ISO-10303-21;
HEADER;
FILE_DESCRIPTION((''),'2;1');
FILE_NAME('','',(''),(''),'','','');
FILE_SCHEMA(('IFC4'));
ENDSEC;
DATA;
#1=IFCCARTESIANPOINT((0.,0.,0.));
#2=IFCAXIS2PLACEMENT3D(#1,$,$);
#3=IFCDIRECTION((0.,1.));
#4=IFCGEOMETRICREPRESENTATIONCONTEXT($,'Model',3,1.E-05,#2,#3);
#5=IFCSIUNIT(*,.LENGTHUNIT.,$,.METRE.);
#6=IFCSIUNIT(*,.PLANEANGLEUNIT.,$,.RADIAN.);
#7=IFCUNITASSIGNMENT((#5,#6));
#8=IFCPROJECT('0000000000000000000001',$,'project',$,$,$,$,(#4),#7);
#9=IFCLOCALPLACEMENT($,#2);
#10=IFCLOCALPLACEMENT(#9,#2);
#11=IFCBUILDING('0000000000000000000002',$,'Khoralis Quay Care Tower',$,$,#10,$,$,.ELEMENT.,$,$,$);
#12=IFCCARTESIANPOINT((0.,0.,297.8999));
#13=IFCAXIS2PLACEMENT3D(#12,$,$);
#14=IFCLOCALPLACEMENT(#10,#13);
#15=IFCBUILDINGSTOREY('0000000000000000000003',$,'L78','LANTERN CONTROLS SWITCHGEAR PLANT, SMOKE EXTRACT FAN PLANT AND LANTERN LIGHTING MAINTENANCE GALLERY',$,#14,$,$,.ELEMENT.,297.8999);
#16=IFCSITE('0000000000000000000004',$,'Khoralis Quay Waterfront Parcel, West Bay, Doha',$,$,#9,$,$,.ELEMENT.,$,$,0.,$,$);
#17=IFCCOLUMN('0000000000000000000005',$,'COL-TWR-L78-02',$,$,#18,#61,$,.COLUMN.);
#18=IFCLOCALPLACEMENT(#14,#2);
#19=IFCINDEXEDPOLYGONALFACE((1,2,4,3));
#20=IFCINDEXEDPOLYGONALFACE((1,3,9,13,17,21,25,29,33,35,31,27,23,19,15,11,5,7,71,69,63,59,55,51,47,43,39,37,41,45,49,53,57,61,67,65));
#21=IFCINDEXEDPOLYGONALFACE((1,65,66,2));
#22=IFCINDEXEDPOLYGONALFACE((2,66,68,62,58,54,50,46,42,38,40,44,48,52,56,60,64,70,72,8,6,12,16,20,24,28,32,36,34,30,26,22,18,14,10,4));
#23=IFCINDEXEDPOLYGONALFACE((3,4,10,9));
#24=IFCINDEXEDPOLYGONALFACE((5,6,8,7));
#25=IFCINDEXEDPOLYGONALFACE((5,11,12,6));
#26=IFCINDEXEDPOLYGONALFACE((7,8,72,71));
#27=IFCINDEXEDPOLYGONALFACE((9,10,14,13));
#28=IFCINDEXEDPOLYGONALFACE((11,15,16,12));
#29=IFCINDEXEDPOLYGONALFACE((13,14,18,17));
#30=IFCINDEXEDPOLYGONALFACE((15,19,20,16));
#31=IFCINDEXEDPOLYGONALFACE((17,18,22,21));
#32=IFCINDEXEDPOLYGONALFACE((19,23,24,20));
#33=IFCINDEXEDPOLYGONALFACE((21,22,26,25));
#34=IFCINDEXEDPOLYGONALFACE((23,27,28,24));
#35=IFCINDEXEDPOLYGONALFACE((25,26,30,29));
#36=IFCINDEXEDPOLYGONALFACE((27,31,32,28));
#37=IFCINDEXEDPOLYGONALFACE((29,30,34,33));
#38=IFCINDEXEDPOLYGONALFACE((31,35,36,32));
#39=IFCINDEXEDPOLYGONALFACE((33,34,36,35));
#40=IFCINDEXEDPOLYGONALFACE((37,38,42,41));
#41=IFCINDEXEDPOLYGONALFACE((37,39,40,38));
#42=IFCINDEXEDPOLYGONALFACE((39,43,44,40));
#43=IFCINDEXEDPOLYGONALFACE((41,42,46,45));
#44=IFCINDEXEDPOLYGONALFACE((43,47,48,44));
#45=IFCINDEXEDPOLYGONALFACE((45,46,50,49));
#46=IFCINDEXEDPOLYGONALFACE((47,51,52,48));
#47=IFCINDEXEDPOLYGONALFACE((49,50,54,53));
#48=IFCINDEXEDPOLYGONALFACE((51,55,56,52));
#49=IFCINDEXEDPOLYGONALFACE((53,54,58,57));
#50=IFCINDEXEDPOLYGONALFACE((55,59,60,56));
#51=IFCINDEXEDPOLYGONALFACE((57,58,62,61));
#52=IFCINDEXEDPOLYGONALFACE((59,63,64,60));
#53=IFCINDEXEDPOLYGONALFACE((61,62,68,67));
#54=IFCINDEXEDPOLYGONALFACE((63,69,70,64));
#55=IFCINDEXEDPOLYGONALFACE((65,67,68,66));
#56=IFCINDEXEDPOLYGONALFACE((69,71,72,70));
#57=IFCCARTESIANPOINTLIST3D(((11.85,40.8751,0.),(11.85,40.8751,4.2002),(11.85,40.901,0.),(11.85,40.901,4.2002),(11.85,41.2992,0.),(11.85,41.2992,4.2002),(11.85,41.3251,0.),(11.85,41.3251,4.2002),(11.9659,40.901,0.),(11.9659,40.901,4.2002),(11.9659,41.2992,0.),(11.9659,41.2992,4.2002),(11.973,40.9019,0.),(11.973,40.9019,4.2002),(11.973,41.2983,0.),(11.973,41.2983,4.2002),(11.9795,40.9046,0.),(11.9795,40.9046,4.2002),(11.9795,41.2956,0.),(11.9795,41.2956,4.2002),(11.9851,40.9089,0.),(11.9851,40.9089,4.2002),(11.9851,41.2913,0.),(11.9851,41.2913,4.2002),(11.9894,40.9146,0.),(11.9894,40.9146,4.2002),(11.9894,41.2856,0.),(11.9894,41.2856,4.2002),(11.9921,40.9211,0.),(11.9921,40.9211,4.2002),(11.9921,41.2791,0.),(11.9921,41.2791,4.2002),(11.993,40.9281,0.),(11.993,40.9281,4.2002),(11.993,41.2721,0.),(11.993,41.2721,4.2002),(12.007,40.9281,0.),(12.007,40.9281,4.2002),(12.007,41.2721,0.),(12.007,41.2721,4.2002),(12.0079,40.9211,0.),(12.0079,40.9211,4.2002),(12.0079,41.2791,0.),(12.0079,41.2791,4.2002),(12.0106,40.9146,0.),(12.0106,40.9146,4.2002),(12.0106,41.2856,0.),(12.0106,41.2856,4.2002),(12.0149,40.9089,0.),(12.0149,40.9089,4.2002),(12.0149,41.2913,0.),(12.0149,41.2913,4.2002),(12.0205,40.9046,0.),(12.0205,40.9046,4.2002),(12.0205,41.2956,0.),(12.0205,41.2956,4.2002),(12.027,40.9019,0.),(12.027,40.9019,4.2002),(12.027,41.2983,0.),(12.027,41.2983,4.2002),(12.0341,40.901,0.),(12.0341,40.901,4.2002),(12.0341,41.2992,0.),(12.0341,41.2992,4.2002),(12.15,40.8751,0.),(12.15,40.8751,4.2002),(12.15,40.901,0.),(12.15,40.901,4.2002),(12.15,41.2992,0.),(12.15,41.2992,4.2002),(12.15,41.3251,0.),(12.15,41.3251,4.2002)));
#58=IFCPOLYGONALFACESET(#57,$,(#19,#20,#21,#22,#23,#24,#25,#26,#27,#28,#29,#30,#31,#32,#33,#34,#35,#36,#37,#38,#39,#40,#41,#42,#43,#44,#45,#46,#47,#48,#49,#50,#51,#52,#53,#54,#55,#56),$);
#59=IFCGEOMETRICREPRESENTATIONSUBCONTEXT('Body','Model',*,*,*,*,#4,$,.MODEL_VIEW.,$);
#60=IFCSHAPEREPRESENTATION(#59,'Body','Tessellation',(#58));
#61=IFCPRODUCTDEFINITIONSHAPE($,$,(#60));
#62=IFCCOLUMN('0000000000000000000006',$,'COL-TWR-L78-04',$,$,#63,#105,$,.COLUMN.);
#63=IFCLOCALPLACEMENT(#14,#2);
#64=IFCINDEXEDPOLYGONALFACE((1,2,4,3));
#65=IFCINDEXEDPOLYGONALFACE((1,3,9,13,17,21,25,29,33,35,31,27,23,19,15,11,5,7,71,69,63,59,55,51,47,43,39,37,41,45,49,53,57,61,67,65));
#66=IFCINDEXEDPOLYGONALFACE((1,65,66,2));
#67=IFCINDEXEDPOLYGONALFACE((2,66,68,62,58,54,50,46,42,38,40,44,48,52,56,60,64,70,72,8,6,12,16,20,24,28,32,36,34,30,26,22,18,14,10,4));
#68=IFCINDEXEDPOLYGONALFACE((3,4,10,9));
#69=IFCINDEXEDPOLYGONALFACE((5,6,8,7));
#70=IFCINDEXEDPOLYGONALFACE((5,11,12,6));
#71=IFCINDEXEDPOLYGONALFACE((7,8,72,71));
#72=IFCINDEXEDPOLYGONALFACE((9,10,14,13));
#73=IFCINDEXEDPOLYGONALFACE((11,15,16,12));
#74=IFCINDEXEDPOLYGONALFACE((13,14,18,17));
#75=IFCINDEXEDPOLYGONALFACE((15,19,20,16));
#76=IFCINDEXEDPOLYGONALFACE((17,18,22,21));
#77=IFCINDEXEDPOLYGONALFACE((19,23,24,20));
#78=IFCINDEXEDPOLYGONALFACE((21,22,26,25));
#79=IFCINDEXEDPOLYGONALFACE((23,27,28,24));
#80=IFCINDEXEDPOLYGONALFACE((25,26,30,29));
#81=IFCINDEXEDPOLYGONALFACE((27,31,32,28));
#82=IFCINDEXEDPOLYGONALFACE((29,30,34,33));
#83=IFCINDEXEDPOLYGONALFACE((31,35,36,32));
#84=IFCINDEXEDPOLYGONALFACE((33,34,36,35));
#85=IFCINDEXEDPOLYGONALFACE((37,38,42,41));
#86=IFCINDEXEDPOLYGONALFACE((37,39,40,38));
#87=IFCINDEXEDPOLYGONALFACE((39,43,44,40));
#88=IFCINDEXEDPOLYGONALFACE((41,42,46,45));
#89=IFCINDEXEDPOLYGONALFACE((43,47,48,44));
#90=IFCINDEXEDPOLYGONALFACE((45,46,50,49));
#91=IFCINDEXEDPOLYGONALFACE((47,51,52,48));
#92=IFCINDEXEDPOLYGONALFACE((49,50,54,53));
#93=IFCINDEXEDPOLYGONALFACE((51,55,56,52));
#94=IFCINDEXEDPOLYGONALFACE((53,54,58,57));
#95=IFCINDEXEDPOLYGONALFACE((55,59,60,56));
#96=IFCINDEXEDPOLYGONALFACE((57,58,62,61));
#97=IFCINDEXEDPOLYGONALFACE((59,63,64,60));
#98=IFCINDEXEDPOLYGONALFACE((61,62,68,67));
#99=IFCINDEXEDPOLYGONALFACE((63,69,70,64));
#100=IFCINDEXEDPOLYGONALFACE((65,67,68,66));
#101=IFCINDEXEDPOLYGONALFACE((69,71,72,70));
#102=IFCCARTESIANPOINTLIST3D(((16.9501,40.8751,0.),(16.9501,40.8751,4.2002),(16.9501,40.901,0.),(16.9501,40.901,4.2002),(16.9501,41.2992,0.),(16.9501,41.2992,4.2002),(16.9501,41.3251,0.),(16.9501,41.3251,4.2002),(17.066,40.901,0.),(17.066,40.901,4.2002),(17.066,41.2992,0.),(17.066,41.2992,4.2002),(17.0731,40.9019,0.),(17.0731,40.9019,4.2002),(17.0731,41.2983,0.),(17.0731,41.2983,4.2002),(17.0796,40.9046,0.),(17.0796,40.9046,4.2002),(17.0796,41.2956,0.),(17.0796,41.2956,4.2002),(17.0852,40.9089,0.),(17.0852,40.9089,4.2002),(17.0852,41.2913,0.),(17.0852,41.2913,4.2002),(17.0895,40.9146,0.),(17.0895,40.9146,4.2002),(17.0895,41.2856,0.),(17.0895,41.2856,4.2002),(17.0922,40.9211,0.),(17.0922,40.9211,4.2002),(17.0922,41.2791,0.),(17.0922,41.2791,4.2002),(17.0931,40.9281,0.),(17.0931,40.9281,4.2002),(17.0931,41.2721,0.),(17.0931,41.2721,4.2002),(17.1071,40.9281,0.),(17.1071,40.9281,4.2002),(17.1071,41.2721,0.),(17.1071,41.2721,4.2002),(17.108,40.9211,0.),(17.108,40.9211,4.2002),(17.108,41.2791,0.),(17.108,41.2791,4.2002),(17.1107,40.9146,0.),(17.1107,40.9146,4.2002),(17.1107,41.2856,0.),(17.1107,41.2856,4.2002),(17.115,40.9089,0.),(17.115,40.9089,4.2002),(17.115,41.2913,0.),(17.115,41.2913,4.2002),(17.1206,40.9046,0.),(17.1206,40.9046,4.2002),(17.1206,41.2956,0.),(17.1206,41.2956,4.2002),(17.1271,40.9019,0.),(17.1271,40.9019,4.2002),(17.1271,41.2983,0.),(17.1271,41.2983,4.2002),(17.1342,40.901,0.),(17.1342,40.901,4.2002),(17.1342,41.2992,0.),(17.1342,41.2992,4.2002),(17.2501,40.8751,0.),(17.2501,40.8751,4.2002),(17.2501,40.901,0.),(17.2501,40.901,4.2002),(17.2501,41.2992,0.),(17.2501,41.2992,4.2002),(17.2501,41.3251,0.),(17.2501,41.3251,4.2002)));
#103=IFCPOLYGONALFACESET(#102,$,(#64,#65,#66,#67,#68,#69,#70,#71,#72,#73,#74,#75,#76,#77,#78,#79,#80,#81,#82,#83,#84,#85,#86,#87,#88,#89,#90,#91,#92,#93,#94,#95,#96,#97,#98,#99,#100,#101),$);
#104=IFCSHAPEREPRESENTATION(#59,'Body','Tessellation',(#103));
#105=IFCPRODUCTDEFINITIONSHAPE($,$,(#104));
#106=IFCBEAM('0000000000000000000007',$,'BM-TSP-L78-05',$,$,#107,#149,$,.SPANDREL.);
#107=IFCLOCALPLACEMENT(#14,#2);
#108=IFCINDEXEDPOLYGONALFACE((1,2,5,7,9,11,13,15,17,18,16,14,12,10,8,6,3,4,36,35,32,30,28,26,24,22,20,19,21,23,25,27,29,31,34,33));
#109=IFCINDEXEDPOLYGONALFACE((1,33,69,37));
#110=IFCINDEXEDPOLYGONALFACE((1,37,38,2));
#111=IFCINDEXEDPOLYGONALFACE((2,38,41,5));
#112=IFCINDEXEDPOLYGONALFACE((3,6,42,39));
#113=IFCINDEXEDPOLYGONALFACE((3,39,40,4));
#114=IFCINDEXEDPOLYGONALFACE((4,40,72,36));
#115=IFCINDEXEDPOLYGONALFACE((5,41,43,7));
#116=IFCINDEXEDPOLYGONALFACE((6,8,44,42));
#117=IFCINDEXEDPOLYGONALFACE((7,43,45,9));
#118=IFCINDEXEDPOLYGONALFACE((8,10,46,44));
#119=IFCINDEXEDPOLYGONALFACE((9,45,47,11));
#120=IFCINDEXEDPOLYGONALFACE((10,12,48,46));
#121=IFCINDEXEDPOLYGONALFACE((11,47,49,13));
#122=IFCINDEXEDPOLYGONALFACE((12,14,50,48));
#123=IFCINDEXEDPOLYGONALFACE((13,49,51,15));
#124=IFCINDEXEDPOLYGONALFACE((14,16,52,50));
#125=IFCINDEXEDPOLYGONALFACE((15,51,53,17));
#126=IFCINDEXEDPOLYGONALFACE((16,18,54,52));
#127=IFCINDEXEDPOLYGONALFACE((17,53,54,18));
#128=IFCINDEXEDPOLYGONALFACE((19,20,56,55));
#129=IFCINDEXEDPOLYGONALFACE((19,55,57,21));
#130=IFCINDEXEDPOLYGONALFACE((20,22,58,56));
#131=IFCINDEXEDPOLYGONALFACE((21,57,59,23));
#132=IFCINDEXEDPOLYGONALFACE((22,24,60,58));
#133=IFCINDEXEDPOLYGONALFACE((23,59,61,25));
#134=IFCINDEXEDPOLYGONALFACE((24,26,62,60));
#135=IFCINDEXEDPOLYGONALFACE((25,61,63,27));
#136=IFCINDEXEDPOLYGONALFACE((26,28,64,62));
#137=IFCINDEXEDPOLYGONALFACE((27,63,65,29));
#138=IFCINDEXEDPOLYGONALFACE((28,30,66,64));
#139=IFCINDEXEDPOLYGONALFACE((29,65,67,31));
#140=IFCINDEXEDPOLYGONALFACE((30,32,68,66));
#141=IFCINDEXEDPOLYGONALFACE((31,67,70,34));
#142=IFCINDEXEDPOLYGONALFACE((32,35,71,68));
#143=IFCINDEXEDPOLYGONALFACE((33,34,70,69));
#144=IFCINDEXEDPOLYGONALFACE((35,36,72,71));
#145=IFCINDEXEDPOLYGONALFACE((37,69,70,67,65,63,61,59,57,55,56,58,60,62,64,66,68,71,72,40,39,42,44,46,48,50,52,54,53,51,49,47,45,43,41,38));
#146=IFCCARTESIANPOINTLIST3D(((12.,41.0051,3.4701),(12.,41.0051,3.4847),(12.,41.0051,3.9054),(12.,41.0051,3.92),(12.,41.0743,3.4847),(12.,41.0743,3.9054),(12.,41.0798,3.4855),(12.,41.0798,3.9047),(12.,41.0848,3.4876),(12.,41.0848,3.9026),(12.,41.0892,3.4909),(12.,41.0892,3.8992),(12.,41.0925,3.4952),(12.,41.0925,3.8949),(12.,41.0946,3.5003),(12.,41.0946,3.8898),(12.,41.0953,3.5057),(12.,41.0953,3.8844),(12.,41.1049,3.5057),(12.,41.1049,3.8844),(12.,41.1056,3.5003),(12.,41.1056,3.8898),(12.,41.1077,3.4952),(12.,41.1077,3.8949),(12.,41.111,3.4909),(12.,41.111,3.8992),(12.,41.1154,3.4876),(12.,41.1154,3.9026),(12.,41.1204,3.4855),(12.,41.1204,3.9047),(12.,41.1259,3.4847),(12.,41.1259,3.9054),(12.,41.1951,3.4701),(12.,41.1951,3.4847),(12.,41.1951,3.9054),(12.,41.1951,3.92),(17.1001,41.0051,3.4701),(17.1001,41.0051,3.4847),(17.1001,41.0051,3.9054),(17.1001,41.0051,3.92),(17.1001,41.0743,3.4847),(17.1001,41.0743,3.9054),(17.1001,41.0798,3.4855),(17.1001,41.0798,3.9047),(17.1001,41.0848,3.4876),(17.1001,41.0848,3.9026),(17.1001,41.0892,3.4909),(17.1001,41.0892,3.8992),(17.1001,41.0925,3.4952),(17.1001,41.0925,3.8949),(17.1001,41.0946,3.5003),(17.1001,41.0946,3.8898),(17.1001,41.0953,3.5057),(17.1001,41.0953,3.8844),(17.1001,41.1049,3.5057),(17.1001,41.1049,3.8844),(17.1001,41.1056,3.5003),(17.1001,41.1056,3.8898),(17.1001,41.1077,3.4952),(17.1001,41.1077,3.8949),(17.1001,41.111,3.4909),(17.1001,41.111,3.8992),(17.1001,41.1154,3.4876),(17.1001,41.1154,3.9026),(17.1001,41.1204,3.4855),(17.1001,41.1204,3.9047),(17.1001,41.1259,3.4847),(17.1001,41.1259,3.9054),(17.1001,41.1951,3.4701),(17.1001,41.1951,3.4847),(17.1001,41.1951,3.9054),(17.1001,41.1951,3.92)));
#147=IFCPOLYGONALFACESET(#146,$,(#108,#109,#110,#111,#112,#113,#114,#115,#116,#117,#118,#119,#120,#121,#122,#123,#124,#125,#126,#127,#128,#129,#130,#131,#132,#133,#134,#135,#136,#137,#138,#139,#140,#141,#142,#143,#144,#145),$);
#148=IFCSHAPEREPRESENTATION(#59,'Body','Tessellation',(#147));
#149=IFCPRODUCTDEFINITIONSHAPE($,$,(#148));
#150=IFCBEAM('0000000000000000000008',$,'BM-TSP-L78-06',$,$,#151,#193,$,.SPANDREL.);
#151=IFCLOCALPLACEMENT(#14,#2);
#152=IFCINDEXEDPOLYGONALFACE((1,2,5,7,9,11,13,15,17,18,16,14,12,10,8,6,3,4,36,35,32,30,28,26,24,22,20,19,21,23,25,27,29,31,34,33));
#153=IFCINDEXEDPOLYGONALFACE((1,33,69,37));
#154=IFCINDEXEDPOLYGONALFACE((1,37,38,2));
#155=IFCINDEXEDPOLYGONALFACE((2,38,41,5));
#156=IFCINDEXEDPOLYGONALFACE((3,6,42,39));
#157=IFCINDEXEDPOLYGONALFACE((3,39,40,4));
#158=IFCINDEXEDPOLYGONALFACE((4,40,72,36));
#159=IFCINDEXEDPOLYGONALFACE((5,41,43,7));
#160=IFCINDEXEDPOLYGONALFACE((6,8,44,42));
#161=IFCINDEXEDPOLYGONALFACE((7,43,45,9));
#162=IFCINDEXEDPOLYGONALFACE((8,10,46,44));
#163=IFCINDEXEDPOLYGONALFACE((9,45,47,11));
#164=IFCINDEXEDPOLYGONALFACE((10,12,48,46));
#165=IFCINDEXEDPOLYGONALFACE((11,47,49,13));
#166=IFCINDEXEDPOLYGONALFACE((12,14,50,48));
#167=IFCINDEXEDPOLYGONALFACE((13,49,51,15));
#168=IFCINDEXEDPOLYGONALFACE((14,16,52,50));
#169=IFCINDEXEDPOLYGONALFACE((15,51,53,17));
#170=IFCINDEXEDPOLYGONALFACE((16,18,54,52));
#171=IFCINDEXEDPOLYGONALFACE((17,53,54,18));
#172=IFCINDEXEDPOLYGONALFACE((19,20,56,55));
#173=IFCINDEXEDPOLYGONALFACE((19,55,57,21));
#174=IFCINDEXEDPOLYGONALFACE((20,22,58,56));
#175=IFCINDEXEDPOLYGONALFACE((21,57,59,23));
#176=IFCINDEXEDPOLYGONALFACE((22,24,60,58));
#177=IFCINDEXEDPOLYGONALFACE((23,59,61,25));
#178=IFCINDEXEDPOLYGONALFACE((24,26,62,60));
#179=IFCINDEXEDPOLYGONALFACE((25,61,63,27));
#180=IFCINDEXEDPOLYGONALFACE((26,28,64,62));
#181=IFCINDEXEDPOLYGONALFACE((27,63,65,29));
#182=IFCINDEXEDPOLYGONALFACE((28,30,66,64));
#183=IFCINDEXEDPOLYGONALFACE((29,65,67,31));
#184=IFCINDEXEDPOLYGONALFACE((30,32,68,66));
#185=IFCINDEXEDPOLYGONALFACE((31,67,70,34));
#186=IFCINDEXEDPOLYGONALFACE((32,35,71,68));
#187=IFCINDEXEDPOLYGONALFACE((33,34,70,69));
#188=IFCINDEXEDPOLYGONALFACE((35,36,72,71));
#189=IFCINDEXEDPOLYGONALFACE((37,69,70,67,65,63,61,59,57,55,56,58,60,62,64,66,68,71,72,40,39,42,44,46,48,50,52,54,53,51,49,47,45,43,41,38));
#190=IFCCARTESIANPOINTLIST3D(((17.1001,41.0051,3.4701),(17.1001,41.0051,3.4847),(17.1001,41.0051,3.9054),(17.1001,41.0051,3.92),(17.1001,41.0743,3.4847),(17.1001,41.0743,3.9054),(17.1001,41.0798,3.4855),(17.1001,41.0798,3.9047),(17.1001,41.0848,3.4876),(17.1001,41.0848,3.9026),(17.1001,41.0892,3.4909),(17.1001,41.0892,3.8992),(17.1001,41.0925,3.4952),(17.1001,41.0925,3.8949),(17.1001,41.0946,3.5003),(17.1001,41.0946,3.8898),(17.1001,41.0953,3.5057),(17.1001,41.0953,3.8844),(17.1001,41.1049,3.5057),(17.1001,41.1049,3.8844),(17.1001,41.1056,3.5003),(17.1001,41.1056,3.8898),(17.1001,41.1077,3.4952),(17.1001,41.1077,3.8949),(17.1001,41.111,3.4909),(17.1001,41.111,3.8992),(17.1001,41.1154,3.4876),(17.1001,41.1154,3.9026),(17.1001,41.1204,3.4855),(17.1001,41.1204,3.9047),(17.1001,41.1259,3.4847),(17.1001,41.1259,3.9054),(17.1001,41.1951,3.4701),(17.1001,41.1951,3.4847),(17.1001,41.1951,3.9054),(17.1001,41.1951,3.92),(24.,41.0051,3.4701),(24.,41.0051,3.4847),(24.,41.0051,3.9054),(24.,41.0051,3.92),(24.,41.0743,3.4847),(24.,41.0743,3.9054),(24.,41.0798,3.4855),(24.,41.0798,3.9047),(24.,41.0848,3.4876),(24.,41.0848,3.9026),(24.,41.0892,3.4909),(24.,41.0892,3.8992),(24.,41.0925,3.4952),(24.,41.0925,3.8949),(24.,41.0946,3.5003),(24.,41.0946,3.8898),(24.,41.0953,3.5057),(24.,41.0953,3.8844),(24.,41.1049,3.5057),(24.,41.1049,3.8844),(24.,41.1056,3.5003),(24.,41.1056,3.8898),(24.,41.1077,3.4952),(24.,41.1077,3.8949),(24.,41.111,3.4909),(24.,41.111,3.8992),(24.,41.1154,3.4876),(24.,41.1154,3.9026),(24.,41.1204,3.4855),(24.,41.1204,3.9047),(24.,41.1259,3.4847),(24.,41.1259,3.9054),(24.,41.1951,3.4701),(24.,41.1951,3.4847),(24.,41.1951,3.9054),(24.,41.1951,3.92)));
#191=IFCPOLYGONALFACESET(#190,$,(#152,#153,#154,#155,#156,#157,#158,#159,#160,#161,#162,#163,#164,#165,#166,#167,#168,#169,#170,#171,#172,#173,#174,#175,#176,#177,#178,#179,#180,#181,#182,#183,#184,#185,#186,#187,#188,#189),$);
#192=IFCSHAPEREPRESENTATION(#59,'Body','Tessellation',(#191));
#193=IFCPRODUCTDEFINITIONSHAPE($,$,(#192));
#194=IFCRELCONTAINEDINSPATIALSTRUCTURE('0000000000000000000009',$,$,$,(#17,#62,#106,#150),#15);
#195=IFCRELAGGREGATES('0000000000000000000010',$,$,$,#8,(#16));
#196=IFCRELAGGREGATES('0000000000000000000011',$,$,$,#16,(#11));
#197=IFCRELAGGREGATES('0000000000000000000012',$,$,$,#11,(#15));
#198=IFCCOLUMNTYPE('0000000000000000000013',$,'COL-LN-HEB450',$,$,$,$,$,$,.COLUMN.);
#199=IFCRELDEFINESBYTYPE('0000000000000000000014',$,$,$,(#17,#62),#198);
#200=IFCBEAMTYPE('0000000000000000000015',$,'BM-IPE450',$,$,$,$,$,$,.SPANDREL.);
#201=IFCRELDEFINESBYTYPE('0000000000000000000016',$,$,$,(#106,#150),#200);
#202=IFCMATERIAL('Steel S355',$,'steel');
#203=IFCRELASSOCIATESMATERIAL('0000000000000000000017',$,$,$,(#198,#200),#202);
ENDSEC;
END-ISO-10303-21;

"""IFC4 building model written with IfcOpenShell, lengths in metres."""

from ifc_helpers import new_model, si_unit, direction, frame, origin, origin_2d, place, context, subcontext, project, spatial, i_section, extrude, source, transform, mapped, material, material_profile, profile_set, type_object, element, save


model = new_model("IFC4")

# Units and contexts
model_context = context("Model", 3, precision=1e-05, world=origin(), true_north=direction((0.0, 1.0)))
body_context = subcontext(model_context, "Body", "Model", "MODEL_VIEW")
ifc_project = project(units=[si_unit("LENGTHUNIT", "METRE"), si_unit("PLANEANGLEUNIT", "RADIAN")], contexts=[model_context])

# Site, building, storey
site_placement = place(None, origin())
site = spatial("IfcSite", under=ifc_project, at=site_placement, Name="Khoralis Quay Waterfront Parcel, West Bay, Doha", CompositionType="ELEMENT", RefElevation=0.0)
building_placement = place(site_placement, origin())
building = spatial("IfcBuilding", under=site, at=building_placement, Name="Khoralis Quay Care Tower", CompositionType="ELEMENT")
storey_placement = place(building_placement, frame((0.0, 0.0, 297.8999)))
storey = spatial("IfcBuildingStorey", under=building, at=storey_placement, Name="L78", Description="LANTERN CONTROLS SWITCHGEAR PLANT, SMOKE EXTRACT FAN PLANT AND LANTERN LIGHTING MAINTENANCE GALLERY", CompositionType="ELEMENT", Elevation=297.8999)

# Columns
ifc_material_1 = material(Name="Steel S355", Category="steel")
ifc_material_profile_1 = material_profile(ifc_material_1, i_section(OverallWidth=0.3, OverallDepth=0.45, WebThickness=0.0139, FlangeThickness=0.0259, FilletRadius=0.0271, at=origin_2d()), Name="Steel S355")
ifc_profile_set_1 = profile_set([ifc_material_profile_1], Name="Steel S355")
column_type = type_object("IfcColumnType", Name="COL-LN-HEB450", PredefinedType="COLUMN", material=ifc_profile_set_1)
shared_shape_1 = source(origin(), body_context, "Body", "SweptSolid", [
    extrude(i_section(OverallWidth=0.3, OverallDepth=0.45, WebThickness=0.0139, FlangeThickness=0.0259, FilletRadius=0.0271, at=origin_2d()), origin(), (0.0, 0.0, 1.0), 4.2002),
])
for number, where, z_axis, x_axis, name in (
    (1, (12.0, 41.1001, 0.0), (0.0, 0.0, 1.0), (1.0, 0.0, 0.0), "COL-TWR-L78-02"),
    (2, (17.1001, 41.1001, 0.0), (0.0, 0.0, 1.0), (1.0, 0.0, 0.0), "COL-TWR-L78-04"),
):
    element("IfcColumn", number, at=place(storey_placement, frame(where, z_axis=z_axis, x_axis=x_axis)), inside=storey, type_object=column_type, Name=name, PredefinedType="COLUMN", context=body_context, shape_type="MappedRepresentation", body=[
        mapped(shared_shape_1, transform((0.0, 0.0, 0.0), scale=1.0)),
    ])

# Beams
ifc_material_profile_2 = material_profile(ifc_material_1, i_section(OverallWidth=0.1899, OverallDepth=0.45, WebThickness=0.0095, FlangeThickness=0.0146, FilletRadius=0.021, at=origin_2d()), Name="Steel S355")
ifc_profile_set_2 = profile_set([ifc_material_profile_2], Name="Steel S355")
beam_type_1 = type_object("IfcBeamType", Name="BM-IPE450", PredefinedType="SPANDREL", material=ifc_profile_set_2)
shared_shape_2 = source(origin(), body_context, "Body", "SweptSolid", [
    extrude(i_section(OverallWidth=0.1899, OverallDepth=0.45, WebThickness=0.0095, FlangeThickness=0.0146, FilletRadius=0.021, at=origin_2d()), origin(), (0.0, 0.0, 1.0), 5.1001),
])
beam_1_placement = place(storey_placement, frame((12.0, 41.1001, 3.6951), z_axis=(1.0, 0.0, 0.0), x_axis=(0.0, 1.0, 0.0)))
element("IfcBeam", 3, at=beam_1_placement, inside=storey, type_object=beam_type_1, Name="BM-TSP-L78-05", PredefinedType="SPANDREL", context=body_context, shape_type="MappedRepresentation", body=[
    mapped(shared_shape_2, transform((0.0, 0.0, 0.0), scale=1.0)),
])
shared_shape_3 = source(origin(), body_context, "Body", "SweptSolid", [
    extrude(i_section(OverallWidth=0.1899, OverallDepth=0.45, WebThickness=0.0095, FlangeThickness=0.0146, FilletRadius=0.021, at=origin_2d()), origin(), (0.0, 0.0, 1.0), 6.8999),
])
beam_2_placement = place(storey_placement, frame((17.1001, 41.1001, 3.6951), z_axis=(1.0, 0.0, 0.0), x_axis=(0.0, 1.0, 0.0)))
element("IfcBeam", 4, at=beam_2_placement, inside=storey, type_object=beam_type_1, Name="BM-TSP-L78-06", PredefinedType="SPANDREL", context=body_context, shape_type="MappedRepresentation", body=[
    mapped(shared_shape_3, transform((0.0, 0.0, 0.0), scale=1.0)),
])

save(model, "model.ifc")
